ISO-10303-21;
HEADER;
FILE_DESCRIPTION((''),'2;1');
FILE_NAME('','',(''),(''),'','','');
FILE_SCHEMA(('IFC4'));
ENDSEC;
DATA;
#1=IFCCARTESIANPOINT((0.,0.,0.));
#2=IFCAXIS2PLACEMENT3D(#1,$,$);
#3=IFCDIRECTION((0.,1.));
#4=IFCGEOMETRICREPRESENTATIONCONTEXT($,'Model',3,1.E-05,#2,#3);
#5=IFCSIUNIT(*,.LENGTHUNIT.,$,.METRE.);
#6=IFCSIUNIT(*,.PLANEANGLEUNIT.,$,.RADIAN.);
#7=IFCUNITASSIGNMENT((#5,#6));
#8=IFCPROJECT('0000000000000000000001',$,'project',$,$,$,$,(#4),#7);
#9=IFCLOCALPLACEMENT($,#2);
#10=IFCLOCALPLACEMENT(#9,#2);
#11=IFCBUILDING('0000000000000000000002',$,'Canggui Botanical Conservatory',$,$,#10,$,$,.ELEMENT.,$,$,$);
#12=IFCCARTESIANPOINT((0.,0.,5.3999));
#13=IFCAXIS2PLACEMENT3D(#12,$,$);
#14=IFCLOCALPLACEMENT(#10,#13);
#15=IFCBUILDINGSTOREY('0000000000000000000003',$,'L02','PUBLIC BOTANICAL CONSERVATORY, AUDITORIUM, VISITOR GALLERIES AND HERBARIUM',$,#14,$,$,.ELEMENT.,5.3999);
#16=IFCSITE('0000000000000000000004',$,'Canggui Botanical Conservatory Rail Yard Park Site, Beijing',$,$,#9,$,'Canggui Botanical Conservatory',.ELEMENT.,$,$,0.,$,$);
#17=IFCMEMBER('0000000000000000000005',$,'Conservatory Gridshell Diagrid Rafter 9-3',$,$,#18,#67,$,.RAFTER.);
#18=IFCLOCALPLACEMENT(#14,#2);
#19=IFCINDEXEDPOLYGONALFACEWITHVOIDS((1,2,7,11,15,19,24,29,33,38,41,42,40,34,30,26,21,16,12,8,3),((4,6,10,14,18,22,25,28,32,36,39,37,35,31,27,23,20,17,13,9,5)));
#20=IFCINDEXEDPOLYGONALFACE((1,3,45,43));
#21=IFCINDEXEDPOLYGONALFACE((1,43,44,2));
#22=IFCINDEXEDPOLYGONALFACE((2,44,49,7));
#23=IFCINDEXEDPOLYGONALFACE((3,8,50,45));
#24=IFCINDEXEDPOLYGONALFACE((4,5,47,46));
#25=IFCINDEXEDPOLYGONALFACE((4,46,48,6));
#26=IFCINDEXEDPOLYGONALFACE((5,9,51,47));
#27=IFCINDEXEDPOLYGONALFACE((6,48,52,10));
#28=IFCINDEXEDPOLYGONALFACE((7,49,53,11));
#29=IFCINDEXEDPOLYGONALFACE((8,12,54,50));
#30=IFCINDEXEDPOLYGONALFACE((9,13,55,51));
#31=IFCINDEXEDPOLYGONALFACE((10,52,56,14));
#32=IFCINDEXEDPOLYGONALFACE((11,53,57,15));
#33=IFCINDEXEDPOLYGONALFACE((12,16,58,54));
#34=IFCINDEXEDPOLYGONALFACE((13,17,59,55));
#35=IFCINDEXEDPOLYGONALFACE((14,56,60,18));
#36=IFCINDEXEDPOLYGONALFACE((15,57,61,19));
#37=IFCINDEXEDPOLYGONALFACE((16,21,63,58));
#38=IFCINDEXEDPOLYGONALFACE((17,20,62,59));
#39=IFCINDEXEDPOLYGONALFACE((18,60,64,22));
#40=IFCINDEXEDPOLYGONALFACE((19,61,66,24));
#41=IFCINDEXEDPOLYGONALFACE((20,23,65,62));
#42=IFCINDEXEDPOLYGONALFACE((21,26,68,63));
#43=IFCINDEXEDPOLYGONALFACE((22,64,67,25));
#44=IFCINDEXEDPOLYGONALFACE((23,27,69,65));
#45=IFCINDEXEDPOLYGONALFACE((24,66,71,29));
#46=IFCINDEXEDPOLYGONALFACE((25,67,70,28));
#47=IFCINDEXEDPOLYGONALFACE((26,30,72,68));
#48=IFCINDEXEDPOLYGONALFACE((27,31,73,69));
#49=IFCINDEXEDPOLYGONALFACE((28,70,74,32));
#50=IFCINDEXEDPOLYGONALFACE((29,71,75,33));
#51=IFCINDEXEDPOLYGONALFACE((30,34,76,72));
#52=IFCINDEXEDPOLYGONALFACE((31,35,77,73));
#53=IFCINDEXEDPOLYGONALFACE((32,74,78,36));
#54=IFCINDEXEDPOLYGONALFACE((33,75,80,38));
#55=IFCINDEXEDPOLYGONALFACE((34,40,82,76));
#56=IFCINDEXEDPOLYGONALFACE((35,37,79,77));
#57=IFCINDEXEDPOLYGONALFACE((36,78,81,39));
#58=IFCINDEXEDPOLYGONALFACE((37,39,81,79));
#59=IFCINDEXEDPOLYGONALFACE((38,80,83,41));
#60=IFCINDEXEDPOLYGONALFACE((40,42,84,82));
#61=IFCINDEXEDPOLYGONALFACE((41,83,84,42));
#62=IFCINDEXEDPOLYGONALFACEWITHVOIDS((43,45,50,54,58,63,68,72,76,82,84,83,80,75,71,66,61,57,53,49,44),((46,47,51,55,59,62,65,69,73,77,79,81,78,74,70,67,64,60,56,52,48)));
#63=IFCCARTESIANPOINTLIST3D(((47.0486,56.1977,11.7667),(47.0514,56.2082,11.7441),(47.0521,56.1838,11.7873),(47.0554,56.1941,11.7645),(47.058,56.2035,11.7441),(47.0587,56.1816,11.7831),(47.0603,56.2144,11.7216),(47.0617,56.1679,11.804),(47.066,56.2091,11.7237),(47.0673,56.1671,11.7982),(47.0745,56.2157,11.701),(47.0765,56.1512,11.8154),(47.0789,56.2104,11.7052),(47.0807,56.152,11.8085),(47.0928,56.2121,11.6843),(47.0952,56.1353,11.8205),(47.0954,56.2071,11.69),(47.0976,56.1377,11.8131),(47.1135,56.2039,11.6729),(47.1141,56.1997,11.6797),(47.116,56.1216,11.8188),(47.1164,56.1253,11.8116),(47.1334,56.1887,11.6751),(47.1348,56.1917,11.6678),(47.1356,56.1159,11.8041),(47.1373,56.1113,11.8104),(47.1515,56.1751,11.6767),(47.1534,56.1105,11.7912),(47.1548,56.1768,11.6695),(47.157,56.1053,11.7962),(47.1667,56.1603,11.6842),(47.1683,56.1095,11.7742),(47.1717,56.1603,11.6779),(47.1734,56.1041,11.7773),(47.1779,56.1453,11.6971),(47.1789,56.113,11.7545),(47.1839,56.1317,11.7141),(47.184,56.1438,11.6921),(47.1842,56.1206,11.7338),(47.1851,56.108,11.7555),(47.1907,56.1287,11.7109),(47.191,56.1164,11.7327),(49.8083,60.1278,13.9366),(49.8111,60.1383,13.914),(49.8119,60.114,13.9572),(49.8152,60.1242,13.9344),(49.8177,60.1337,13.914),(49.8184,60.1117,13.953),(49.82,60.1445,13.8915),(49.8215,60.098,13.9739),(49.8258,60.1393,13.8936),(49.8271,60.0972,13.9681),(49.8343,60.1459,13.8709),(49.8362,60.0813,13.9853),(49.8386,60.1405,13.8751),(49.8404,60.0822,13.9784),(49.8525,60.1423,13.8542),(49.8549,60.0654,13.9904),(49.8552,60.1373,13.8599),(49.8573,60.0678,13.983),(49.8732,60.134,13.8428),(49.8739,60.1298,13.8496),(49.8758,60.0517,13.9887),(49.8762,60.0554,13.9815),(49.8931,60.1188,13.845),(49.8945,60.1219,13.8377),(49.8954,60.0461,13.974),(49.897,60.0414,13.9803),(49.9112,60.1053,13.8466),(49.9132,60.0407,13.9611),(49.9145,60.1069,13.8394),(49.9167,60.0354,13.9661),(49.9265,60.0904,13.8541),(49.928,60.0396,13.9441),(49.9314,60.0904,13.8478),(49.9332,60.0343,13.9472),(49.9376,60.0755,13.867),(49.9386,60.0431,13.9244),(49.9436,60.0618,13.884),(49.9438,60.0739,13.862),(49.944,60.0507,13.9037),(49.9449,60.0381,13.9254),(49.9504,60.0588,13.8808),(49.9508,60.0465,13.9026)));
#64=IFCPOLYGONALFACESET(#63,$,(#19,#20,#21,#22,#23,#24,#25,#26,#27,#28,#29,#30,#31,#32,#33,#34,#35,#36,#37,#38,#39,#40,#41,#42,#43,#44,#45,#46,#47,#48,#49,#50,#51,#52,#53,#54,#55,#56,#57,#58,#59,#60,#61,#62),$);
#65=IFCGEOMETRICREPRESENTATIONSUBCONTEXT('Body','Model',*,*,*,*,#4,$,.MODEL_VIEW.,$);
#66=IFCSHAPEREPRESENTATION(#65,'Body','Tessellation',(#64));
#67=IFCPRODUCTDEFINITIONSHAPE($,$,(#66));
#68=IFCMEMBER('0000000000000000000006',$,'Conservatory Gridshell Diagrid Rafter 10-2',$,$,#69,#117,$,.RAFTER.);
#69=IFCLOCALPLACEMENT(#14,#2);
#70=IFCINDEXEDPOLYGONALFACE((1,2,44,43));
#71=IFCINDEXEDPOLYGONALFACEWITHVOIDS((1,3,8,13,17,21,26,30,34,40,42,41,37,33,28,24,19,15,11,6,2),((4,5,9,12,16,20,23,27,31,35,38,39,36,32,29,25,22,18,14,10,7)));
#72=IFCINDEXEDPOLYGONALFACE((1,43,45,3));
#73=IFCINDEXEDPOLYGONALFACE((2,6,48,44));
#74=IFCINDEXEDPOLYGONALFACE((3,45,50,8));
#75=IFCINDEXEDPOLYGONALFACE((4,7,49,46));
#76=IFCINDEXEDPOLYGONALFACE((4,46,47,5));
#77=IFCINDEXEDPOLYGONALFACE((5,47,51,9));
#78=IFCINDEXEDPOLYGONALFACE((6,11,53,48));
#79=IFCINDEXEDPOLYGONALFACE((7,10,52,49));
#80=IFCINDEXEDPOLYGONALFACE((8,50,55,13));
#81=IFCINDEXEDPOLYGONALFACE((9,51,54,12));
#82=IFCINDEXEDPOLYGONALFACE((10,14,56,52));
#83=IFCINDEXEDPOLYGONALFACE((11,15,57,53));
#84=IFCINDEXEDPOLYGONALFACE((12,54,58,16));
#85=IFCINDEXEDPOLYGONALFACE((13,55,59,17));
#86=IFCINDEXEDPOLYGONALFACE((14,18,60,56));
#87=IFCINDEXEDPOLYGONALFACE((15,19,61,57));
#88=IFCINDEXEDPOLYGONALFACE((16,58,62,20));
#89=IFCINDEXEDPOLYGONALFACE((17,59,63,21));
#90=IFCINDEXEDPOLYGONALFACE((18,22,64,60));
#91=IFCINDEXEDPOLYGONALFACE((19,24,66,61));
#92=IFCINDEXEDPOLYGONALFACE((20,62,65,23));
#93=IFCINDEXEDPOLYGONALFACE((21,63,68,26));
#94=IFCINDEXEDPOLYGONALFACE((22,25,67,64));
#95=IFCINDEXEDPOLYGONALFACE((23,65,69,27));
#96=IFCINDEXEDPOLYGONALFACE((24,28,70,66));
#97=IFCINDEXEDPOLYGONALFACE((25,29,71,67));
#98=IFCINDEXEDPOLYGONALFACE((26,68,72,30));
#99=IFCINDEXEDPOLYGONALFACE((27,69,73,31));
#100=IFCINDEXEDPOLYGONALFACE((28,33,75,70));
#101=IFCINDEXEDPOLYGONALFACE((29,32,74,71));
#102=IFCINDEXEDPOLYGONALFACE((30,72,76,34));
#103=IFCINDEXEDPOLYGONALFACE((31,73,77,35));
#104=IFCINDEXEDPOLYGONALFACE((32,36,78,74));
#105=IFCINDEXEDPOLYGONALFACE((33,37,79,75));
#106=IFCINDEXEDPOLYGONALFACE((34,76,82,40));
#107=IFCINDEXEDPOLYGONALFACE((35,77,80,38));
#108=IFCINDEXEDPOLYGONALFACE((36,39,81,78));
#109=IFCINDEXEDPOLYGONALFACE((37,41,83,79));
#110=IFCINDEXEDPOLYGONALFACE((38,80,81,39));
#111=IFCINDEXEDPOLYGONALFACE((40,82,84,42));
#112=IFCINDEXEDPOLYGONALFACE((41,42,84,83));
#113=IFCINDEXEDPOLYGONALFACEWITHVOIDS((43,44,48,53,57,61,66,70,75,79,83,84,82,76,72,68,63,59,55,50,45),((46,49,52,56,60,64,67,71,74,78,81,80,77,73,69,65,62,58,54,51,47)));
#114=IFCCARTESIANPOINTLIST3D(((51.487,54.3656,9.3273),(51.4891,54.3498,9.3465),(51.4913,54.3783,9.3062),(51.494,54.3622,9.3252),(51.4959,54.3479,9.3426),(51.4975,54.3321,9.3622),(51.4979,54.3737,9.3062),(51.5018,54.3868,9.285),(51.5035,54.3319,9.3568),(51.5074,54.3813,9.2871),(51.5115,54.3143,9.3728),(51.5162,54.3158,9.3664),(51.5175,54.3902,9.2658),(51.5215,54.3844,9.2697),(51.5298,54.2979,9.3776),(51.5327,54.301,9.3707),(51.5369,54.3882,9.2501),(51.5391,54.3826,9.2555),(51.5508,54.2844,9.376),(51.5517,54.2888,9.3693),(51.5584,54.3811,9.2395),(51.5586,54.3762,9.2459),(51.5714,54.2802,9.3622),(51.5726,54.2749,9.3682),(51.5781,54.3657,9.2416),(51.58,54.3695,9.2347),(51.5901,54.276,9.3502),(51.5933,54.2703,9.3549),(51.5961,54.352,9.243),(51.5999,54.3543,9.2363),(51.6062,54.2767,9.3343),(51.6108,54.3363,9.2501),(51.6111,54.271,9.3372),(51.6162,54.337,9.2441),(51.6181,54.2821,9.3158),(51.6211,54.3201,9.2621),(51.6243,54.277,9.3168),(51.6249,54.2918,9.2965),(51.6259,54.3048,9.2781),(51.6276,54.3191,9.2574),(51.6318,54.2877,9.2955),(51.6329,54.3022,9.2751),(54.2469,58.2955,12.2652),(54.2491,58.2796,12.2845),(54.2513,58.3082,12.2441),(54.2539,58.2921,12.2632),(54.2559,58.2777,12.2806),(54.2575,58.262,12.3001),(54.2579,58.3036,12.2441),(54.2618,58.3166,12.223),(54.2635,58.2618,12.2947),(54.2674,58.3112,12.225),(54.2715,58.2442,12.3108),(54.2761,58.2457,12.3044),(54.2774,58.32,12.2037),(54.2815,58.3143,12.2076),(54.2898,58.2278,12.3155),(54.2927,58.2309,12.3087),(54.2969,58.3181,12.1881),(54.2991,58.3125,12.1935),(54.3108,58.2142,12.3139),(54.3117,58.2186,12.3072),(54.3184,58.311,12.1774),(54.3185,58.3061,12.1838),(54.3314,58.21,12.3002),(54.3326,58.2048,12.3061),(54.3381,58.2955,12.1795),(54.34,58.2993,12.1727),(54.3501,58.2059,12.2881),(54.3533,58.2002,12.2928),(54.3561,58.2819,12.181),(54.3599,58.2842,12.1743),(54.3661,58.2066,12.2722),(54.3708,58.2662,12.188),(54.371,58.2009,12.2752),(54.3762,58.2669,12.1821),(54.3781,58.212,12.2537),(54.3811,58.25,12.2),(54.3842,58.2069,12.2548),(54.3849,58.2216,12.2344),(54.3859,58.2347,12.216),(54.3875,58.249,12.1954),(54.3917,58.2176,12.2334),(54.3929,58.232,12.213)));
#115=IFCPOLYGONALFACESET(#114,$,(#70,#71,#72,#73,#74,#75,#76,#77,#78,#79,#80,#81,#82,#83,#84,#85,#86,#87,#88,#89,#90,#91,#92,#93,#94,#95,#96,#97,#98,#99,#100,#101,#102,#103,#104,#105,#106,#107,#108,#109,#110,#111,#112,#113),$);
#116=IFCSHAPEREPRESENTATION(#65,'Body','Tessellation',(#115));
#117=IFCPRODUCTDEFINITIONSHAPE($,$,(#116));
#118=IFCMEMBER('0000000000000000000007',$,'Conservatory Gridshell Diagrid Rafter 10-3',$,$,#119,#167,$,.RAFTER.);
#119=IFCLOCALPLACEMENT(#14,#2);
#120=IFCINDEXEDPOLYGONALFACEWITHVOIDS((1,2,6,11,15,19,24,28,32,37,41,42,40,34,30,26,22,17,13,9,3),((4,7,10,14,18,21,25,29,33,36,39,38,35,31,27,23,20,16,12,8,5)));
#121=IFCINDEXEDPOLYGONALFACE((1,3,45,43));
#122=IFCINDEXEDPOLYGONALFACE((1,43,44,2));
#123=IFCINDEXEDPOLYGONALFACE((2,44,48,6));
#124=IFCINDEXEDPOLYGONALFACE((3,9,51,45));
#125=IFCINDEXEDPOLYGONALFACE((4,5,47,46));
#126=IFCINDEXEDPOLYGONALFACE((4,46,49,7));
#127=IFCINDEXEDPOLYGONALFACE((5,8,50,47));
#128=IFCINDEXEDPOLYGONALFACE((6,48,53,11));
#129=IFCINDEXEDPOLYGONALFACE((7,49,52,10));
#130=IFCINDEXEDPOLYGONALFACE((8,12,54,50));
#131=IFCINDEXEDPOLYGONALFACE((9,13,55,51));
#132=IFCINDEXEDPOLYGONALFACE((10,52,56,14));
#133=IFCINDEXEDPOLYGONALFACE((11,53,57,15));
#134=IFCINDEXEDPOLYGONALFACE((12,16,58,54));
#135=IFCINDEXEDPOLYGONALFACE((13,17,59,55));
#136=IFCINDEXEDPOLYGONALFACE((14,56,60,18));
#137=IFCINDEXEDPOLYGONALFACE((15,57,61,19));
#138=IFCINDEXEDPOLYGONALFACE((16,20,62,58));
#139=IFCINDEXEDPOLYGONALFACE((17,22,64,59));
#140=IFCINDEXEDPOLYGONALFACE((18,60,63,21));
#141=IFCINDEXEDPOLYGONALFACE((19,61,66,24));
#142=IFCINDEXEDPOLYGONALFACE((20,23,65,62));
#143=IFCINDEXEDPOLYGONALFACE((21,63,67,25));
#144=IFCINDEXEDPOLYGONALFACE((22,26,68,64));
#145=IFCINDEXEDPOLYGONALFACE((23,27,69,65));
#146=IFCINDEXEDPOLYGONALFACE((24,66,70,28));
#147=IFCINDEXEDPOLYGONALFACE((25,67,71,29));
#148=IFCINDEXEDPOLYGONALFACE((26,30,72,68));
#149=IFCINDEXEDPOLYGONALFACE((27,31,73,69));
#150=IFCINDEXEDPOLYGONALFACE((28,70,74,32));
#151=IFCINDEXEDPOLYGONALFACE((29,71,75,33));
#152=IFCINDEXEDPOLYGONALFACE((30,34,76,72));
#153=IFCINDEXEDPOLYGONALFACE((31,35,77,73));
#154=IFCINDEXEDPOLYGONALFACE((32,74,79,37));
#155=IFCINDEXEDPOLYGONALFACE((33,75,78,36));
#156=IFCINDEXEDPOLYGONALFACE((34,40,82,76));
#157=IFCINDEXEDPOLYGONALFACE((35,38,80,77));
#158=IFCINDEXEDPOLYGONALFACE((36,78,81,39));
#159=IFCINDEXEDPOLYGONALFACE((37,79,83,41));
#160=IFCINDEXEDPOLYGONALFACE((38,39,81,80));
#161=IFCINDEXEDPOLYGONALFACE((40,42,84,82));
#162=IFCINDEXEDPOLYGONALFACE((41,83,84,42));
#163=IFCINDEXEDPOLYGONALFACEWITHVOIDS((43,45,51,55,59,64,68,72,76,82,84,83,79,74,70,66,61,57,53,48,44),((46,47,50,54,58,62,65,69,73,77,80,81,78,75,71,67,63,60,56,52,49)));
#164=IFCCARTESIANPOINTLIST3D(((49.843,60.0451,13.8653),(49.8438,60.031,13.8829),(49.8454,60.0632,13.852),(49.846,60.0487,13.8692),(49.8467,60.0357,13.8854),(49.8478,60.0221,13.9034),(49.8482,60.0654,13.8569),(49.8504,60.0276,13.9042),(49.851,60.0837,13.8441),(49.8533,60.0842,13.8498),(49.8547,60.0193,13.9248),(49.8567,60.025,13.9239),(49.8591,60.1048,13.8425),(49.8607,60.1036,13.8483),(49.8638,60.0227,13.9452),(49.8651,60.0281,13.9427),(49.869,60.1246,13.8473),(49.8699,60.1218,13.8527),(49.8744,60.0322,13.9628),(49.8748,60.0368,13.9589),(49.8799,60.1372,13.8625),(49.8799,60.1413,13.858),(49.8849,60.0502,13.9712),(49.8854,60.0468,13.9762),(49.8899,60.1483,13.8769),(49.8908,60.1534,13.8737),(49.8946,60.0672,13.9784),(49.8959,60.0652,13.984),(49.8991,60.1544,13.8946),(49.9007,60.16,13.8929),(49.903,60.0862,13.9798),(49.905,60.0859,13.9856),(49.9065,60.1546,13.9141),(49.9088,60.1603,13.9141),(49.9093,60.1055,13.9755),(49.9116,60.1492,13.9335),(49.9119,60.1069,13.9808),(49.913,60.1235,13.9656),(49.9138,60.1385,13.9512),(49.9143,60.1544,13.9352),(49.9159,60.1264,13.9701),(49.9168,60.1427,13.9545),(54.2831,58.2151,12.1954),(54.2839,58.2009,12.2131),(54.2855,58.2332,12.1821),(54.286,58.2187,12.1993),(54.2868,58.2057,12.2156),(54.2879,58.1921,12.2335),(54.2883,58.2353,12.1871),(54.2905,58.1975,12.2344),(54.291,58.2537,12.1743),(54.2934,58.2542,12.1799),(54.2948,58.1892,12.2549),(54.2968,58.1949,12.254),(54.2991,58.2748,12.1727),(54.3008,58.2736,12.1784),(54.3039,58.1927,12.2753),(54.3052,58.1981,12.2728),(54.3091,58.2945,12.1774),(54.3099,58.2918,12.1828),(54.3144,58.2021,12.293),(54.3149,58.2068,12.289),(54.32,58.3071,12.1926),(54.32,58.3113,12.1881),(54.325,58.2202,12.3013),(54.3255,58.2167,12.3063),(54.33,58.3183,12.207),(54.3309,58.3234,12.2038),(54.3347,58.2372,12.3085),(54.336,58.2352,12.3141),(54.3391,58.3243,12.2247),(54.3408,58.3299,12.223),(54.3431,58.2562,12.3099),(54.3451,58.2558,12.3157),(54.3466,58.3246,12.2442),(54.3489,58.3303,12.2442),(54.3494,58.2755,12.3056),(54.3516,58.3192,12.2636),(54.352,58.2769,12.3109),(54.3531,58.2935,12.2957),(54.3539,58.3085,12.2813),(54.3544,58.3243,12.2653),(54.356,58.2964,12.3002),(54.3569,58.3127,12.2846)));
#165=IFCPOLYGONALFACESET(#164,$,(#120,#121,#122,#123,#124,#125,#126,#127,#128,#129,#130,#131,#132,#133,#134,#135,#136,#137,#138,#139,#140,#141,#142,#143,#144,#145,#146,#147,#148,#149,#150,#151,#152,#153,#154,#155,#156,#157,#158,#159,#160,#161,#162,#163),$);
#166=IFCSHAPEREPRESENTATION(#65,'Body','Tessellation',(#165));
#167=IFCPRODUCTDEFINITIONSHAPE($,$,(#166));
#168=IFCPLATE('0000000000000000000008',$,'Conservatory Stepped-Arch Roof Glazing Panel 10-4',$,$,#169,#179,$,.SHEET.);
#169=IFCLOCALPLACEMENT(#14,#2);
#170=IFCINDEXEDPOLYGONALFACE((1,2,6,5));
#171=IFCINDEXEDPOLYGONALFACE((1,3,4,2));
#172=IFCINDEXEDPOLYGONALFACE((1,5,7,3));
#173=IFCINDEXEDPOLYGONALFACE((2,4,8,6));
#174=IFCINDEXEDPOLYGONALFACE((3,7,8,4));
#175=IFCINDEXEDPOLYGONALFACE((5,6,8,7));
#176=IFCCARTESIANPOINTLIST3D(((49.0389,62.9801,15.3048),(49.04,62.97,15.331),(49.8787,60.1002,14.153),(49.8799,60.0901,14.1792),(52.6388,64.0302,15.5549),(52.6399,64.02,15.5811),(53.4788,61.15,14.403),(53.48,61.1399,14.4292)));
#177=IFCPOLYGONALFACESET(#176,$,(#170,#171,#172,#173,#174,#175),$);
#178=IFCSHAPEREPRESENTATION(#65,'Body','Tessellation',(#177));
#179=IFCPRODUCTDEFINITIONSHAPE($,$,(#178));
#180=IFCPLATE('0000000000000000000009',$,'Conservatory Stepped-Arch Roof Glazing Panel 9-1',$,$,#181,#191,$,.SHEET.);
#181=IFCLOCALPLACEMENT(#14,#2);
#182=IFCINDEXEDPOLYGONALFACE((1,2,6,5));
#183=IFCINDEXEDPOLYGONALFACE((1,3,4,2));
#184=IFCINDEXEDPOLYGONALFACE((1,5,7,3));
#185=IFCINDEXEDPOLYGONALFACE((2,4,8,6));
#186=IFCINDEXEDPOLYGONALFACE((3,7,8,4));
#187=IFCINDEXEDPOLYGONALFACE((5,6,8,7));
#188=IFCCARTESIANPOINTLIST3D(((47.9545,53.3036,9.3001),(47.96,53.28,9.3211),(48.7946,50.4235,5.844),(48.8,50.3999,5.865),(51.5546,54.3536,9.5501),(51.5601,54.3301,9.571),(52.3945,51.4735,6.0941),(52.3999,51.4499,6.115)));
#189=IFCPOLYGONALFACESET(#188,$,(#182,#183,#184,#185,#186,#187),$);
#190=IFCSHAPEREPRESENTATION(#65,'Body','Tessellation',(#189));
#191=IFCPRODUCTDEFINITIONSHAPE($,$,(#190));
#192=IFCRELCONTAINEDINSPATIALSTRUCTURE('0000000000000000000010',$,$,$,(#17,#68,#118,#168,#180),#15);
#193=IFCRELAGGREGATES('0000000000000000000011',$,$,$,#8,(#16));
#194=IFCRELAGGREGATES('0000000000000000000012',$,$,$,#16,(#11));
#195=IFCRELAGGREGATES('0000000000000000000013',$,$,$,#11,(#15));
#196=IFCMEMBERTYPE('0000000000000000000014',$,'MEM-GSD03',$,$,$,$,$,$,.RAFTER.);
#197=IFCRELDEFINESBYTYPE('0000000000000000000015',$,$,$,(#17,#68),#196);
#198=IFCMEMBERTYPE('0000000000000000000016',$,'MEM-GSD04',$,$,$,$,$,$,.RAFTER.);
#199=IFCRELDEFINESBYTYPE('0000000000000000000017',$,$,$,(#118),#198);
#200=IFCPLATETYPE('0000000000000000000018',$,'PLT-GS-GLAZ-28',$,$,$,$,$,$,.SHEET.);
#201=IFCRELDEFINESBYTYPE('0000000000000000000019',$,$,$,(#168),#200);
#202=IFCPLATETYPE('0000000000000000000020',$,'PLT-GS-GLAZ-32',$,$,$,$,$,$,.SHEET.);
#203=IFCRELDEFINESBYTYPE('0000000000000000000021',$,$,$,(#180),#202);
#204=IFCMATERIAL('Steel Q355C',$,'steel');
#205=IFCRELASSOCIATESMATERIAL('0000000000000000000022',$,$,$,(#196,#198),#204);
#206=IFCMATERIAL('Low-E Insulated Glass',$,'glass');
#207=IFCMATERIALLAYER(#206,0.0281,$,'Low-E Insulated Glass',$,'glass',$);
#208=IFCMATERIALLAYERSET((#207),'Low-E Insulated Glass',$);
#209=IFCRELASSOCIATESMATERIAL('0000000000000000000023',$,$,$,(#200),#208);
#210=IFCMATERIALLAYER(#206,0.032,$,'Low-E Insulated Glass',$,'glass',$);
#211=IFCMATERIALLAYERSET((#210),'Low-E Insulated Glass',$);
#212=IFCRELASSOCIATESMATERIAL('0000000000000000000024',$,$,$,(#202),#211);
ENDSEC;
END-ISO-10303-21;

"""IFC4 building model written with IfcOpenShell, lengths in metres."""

from ifc_helpers import new_model, si_unit, direction, frame, origin, origin_2d, place, context, subcontext, project, spatial, polyline, hollow_circle, outline, extrude, material, layer, layer_set, material_profile, profile_set, type_object, element, save


model = new_model("IFC4")

# Units and contexts
model_context = context("Model", 3, precision=1e-05, world=origin(), true_north=direction((0.0, 1.0)))
body_context = subcontext(model_context, "Body", "Model", "MODEL_VIEW")
ifc_project = project(units=[si_unit("LENGTHUNIT", "METRE"), si_unit("PLANEANGLEUNIT", "RADIAN")], contexts=[model_context])

# Site, building, storey
site_placement = place(None, origin())
site = spatial("IfcSite", under=ifc_project, at=site_placement, Name="Canggui Botanical Conservatory Rail Yard Park Site, Beijing", LongName="Canggui Botanical Conservatory", CompositionType="ELEMENT", RefElevation=0.0)
building_placement = place(site_placement, origin())
building = spatial("IfcBuilding", under=site, at=building_placement, Name="Canggui Botanical Conservatory", CompositionType="ELEMENT")
storey_placement = place(building_placement, frame((0.0, 0.0, 5.3999)))
storey = spatial("IfcBuildingStorey", under=building, at=storey_placement, Name="L02", Description="PUBLIC BOTANICAL CONSERVATORY, AUDITORIUM, VISITOR GALLERIES AND HERBARIUM", CompositionType="ELEMENT", Elevation=5.3999)

# Shared definitions
ifc_material_1 = material(Name="Steel Q355C", Category="steel")

# Members
ifc_material_profile_1 = material_profile(ifc_material_1, hollow_circle(Radius=0.084, WallThickness=0.0081, at=origin_2d()), Name="CHS 168x8")
ifc_profile_set_1 = profile_set([ifc_material_profile_1], Name="Steel Q355C")
member_type_1 = type_object("IfcMemberType", Name="MEM-GSD03", PredefinedType="RAFTER", material=ifc_profile_set_1)
member_1_placement = place(storey_placement, frame((47.1201, 56.1599, 11.7441), z_axis=(0.523691, 0.745787, 0.411763), x_axis=(-0.818386, 0.57467, 0.0)))
element("IfcMember", 1, at=member_1_placement, inside=storey, type_object=member_type_1, Name="Conservatory Gridshell Diagrid Rafter 9-3", PredefinedType="RAFTER", context=body_context, shape_type="SweptSolid", body=[
    extrude(hollow_circle(Radius=0.084, WallThickness=0.0081, at=origin_2d()), origin(), (0.0, 0.0, 1.0), 5.2698),
])
member_2_placement = place(storey_placement, frame((51.5601, 54.3301, 9.3062), z_axis=(0.490257, 0.698068, 0.521871), x_axis=(-0.818345, 0.574728, 0.0)))
element("IfcMember", 2, at=member_2_placement, inside=storey, type_object=member_type_1, Name="Conservatory Gridshell Diagrid Rafter 10-2", PredefinedType="RAFTER", context=body_context, shape_type="SweptSolid", body=[
    extrude(hollow_circle(Radius=0.084, WallThickness=0.0081, at=origin_2d()), origin(), (0.0, 0.0, 1.0), 5.6296),
])
ifc_material_profile_2 = material_profile(ifc_material_1, hollow_circle(Radius=0.0759, WallThickness=0.0061, at=origin_2d()), Name="CHS 152x6")
ifc_profile_set_2 = profile_set([ifc_material_profile_2], Name="Steel Q355C")
member_type_2 = type_object("IfcMemberType", Name="MEM-GSD04", PredefinedType="RAFTER", material=ifc_profile_set_2)
member_3_placement = place(storey_placement, frame((49.8799, 60.0901, 13.9141), z_axis=(0.873263, -0.359926, -0.328428), x_axis=(0.381064, 0.924549, 0.0)))
element("IfcMember", 3, at=member_3_placement, inside=storey, type_object=member_type_2, Name="Conservatory Gridshell Diagrid Rafter 10-3", PredefinedType="RAFTER", context=body_context, shape_type="SweptSolid", body=[
    extrude(hollow_circle(Radius=0.0759, WallThickness=0.0061, at=origin_2d()), origin(), (0.0, 0.0, 1.0), 5.0845),
])

# Plates
ifc_material_2 = material(Name="Low-E Insulated Glass", Category="glass")
ifc_layer_1 = layer(ifc_material_2, 0.0281, Name="Low-E Insulated Glass", Category="glass")
ifc_layer_set_1 = layer_set([ifc_layer_1], Name="Low-E Insulated Glass")
plate_type_1 = type_object("IfcPlateType", Name="PLT-GS-GLAZ-28", PredefinedType="SHEET", material=ifc_layer_set_1)
plate_1_placement = place(storey_placement, frame((49.8799, 60.0901, 14.1792), z_axis=(0.040531, -0.360832, 0.93175), x_axis=(0.957889, 0.27933, 0.066506)))
element("IfcPlate", 4, at=plate_1_placement, inside=storey, type_object=plate_type_1, Name="Conservatory Stepped-Arch Roof Glazing Panel 10-4", PredefinedType="SHEET", context=body_context, shape_type="SweptSolid", body=[
    extrude(outline(polyline([(0.0, 0.0), (3.7584, 0.0), (3.8348, 3.2128), (0.0766, 3.2125), (0.0, 0.0)])), origin(), (0.0, 0.0, -1.0), 0.0281),
])
ifc_layer_2 = layer(ifc_material_2, 0.032, Name="Low-E Insulated Glass", Category="glass")
ifc_layer_set_2 = layer_set([ifc_layer_2], Name="Low-E Insulated Glass")
plate_type_2 = type_object("IfcPlateType", Name="PLT-GS-GLAZ-32", PredefinedType="SHEET", material=ifc_layer_set_2)
plate_2_placement = place(storey_placement, frame((48.8, 50.3999, 5.865), z_axis=(0.16934, -0.736487, 0.654913), x_axis=(0.957868, 0.279398, 0.066525)))
element("IfcPlate", 5, at=plate_2_placement, inside=storey, type_object=plate_type_2, Name="Conservatory Stepped-Arch Roof Glazing Panel 9-1", PredefinedType="SHEET", context=body_context, shape_type="SweptSolid", body=[
    extrude(outline(polyline([(0.0, 0.0), (3.7582, 0.0), (3.9884, 4.5708), (0.2299, 4.5708), (0.0, 0.0)])), origin(), (0.0, 0.0, -1.0), 0.032),
])

save(model, "model.ifc")
